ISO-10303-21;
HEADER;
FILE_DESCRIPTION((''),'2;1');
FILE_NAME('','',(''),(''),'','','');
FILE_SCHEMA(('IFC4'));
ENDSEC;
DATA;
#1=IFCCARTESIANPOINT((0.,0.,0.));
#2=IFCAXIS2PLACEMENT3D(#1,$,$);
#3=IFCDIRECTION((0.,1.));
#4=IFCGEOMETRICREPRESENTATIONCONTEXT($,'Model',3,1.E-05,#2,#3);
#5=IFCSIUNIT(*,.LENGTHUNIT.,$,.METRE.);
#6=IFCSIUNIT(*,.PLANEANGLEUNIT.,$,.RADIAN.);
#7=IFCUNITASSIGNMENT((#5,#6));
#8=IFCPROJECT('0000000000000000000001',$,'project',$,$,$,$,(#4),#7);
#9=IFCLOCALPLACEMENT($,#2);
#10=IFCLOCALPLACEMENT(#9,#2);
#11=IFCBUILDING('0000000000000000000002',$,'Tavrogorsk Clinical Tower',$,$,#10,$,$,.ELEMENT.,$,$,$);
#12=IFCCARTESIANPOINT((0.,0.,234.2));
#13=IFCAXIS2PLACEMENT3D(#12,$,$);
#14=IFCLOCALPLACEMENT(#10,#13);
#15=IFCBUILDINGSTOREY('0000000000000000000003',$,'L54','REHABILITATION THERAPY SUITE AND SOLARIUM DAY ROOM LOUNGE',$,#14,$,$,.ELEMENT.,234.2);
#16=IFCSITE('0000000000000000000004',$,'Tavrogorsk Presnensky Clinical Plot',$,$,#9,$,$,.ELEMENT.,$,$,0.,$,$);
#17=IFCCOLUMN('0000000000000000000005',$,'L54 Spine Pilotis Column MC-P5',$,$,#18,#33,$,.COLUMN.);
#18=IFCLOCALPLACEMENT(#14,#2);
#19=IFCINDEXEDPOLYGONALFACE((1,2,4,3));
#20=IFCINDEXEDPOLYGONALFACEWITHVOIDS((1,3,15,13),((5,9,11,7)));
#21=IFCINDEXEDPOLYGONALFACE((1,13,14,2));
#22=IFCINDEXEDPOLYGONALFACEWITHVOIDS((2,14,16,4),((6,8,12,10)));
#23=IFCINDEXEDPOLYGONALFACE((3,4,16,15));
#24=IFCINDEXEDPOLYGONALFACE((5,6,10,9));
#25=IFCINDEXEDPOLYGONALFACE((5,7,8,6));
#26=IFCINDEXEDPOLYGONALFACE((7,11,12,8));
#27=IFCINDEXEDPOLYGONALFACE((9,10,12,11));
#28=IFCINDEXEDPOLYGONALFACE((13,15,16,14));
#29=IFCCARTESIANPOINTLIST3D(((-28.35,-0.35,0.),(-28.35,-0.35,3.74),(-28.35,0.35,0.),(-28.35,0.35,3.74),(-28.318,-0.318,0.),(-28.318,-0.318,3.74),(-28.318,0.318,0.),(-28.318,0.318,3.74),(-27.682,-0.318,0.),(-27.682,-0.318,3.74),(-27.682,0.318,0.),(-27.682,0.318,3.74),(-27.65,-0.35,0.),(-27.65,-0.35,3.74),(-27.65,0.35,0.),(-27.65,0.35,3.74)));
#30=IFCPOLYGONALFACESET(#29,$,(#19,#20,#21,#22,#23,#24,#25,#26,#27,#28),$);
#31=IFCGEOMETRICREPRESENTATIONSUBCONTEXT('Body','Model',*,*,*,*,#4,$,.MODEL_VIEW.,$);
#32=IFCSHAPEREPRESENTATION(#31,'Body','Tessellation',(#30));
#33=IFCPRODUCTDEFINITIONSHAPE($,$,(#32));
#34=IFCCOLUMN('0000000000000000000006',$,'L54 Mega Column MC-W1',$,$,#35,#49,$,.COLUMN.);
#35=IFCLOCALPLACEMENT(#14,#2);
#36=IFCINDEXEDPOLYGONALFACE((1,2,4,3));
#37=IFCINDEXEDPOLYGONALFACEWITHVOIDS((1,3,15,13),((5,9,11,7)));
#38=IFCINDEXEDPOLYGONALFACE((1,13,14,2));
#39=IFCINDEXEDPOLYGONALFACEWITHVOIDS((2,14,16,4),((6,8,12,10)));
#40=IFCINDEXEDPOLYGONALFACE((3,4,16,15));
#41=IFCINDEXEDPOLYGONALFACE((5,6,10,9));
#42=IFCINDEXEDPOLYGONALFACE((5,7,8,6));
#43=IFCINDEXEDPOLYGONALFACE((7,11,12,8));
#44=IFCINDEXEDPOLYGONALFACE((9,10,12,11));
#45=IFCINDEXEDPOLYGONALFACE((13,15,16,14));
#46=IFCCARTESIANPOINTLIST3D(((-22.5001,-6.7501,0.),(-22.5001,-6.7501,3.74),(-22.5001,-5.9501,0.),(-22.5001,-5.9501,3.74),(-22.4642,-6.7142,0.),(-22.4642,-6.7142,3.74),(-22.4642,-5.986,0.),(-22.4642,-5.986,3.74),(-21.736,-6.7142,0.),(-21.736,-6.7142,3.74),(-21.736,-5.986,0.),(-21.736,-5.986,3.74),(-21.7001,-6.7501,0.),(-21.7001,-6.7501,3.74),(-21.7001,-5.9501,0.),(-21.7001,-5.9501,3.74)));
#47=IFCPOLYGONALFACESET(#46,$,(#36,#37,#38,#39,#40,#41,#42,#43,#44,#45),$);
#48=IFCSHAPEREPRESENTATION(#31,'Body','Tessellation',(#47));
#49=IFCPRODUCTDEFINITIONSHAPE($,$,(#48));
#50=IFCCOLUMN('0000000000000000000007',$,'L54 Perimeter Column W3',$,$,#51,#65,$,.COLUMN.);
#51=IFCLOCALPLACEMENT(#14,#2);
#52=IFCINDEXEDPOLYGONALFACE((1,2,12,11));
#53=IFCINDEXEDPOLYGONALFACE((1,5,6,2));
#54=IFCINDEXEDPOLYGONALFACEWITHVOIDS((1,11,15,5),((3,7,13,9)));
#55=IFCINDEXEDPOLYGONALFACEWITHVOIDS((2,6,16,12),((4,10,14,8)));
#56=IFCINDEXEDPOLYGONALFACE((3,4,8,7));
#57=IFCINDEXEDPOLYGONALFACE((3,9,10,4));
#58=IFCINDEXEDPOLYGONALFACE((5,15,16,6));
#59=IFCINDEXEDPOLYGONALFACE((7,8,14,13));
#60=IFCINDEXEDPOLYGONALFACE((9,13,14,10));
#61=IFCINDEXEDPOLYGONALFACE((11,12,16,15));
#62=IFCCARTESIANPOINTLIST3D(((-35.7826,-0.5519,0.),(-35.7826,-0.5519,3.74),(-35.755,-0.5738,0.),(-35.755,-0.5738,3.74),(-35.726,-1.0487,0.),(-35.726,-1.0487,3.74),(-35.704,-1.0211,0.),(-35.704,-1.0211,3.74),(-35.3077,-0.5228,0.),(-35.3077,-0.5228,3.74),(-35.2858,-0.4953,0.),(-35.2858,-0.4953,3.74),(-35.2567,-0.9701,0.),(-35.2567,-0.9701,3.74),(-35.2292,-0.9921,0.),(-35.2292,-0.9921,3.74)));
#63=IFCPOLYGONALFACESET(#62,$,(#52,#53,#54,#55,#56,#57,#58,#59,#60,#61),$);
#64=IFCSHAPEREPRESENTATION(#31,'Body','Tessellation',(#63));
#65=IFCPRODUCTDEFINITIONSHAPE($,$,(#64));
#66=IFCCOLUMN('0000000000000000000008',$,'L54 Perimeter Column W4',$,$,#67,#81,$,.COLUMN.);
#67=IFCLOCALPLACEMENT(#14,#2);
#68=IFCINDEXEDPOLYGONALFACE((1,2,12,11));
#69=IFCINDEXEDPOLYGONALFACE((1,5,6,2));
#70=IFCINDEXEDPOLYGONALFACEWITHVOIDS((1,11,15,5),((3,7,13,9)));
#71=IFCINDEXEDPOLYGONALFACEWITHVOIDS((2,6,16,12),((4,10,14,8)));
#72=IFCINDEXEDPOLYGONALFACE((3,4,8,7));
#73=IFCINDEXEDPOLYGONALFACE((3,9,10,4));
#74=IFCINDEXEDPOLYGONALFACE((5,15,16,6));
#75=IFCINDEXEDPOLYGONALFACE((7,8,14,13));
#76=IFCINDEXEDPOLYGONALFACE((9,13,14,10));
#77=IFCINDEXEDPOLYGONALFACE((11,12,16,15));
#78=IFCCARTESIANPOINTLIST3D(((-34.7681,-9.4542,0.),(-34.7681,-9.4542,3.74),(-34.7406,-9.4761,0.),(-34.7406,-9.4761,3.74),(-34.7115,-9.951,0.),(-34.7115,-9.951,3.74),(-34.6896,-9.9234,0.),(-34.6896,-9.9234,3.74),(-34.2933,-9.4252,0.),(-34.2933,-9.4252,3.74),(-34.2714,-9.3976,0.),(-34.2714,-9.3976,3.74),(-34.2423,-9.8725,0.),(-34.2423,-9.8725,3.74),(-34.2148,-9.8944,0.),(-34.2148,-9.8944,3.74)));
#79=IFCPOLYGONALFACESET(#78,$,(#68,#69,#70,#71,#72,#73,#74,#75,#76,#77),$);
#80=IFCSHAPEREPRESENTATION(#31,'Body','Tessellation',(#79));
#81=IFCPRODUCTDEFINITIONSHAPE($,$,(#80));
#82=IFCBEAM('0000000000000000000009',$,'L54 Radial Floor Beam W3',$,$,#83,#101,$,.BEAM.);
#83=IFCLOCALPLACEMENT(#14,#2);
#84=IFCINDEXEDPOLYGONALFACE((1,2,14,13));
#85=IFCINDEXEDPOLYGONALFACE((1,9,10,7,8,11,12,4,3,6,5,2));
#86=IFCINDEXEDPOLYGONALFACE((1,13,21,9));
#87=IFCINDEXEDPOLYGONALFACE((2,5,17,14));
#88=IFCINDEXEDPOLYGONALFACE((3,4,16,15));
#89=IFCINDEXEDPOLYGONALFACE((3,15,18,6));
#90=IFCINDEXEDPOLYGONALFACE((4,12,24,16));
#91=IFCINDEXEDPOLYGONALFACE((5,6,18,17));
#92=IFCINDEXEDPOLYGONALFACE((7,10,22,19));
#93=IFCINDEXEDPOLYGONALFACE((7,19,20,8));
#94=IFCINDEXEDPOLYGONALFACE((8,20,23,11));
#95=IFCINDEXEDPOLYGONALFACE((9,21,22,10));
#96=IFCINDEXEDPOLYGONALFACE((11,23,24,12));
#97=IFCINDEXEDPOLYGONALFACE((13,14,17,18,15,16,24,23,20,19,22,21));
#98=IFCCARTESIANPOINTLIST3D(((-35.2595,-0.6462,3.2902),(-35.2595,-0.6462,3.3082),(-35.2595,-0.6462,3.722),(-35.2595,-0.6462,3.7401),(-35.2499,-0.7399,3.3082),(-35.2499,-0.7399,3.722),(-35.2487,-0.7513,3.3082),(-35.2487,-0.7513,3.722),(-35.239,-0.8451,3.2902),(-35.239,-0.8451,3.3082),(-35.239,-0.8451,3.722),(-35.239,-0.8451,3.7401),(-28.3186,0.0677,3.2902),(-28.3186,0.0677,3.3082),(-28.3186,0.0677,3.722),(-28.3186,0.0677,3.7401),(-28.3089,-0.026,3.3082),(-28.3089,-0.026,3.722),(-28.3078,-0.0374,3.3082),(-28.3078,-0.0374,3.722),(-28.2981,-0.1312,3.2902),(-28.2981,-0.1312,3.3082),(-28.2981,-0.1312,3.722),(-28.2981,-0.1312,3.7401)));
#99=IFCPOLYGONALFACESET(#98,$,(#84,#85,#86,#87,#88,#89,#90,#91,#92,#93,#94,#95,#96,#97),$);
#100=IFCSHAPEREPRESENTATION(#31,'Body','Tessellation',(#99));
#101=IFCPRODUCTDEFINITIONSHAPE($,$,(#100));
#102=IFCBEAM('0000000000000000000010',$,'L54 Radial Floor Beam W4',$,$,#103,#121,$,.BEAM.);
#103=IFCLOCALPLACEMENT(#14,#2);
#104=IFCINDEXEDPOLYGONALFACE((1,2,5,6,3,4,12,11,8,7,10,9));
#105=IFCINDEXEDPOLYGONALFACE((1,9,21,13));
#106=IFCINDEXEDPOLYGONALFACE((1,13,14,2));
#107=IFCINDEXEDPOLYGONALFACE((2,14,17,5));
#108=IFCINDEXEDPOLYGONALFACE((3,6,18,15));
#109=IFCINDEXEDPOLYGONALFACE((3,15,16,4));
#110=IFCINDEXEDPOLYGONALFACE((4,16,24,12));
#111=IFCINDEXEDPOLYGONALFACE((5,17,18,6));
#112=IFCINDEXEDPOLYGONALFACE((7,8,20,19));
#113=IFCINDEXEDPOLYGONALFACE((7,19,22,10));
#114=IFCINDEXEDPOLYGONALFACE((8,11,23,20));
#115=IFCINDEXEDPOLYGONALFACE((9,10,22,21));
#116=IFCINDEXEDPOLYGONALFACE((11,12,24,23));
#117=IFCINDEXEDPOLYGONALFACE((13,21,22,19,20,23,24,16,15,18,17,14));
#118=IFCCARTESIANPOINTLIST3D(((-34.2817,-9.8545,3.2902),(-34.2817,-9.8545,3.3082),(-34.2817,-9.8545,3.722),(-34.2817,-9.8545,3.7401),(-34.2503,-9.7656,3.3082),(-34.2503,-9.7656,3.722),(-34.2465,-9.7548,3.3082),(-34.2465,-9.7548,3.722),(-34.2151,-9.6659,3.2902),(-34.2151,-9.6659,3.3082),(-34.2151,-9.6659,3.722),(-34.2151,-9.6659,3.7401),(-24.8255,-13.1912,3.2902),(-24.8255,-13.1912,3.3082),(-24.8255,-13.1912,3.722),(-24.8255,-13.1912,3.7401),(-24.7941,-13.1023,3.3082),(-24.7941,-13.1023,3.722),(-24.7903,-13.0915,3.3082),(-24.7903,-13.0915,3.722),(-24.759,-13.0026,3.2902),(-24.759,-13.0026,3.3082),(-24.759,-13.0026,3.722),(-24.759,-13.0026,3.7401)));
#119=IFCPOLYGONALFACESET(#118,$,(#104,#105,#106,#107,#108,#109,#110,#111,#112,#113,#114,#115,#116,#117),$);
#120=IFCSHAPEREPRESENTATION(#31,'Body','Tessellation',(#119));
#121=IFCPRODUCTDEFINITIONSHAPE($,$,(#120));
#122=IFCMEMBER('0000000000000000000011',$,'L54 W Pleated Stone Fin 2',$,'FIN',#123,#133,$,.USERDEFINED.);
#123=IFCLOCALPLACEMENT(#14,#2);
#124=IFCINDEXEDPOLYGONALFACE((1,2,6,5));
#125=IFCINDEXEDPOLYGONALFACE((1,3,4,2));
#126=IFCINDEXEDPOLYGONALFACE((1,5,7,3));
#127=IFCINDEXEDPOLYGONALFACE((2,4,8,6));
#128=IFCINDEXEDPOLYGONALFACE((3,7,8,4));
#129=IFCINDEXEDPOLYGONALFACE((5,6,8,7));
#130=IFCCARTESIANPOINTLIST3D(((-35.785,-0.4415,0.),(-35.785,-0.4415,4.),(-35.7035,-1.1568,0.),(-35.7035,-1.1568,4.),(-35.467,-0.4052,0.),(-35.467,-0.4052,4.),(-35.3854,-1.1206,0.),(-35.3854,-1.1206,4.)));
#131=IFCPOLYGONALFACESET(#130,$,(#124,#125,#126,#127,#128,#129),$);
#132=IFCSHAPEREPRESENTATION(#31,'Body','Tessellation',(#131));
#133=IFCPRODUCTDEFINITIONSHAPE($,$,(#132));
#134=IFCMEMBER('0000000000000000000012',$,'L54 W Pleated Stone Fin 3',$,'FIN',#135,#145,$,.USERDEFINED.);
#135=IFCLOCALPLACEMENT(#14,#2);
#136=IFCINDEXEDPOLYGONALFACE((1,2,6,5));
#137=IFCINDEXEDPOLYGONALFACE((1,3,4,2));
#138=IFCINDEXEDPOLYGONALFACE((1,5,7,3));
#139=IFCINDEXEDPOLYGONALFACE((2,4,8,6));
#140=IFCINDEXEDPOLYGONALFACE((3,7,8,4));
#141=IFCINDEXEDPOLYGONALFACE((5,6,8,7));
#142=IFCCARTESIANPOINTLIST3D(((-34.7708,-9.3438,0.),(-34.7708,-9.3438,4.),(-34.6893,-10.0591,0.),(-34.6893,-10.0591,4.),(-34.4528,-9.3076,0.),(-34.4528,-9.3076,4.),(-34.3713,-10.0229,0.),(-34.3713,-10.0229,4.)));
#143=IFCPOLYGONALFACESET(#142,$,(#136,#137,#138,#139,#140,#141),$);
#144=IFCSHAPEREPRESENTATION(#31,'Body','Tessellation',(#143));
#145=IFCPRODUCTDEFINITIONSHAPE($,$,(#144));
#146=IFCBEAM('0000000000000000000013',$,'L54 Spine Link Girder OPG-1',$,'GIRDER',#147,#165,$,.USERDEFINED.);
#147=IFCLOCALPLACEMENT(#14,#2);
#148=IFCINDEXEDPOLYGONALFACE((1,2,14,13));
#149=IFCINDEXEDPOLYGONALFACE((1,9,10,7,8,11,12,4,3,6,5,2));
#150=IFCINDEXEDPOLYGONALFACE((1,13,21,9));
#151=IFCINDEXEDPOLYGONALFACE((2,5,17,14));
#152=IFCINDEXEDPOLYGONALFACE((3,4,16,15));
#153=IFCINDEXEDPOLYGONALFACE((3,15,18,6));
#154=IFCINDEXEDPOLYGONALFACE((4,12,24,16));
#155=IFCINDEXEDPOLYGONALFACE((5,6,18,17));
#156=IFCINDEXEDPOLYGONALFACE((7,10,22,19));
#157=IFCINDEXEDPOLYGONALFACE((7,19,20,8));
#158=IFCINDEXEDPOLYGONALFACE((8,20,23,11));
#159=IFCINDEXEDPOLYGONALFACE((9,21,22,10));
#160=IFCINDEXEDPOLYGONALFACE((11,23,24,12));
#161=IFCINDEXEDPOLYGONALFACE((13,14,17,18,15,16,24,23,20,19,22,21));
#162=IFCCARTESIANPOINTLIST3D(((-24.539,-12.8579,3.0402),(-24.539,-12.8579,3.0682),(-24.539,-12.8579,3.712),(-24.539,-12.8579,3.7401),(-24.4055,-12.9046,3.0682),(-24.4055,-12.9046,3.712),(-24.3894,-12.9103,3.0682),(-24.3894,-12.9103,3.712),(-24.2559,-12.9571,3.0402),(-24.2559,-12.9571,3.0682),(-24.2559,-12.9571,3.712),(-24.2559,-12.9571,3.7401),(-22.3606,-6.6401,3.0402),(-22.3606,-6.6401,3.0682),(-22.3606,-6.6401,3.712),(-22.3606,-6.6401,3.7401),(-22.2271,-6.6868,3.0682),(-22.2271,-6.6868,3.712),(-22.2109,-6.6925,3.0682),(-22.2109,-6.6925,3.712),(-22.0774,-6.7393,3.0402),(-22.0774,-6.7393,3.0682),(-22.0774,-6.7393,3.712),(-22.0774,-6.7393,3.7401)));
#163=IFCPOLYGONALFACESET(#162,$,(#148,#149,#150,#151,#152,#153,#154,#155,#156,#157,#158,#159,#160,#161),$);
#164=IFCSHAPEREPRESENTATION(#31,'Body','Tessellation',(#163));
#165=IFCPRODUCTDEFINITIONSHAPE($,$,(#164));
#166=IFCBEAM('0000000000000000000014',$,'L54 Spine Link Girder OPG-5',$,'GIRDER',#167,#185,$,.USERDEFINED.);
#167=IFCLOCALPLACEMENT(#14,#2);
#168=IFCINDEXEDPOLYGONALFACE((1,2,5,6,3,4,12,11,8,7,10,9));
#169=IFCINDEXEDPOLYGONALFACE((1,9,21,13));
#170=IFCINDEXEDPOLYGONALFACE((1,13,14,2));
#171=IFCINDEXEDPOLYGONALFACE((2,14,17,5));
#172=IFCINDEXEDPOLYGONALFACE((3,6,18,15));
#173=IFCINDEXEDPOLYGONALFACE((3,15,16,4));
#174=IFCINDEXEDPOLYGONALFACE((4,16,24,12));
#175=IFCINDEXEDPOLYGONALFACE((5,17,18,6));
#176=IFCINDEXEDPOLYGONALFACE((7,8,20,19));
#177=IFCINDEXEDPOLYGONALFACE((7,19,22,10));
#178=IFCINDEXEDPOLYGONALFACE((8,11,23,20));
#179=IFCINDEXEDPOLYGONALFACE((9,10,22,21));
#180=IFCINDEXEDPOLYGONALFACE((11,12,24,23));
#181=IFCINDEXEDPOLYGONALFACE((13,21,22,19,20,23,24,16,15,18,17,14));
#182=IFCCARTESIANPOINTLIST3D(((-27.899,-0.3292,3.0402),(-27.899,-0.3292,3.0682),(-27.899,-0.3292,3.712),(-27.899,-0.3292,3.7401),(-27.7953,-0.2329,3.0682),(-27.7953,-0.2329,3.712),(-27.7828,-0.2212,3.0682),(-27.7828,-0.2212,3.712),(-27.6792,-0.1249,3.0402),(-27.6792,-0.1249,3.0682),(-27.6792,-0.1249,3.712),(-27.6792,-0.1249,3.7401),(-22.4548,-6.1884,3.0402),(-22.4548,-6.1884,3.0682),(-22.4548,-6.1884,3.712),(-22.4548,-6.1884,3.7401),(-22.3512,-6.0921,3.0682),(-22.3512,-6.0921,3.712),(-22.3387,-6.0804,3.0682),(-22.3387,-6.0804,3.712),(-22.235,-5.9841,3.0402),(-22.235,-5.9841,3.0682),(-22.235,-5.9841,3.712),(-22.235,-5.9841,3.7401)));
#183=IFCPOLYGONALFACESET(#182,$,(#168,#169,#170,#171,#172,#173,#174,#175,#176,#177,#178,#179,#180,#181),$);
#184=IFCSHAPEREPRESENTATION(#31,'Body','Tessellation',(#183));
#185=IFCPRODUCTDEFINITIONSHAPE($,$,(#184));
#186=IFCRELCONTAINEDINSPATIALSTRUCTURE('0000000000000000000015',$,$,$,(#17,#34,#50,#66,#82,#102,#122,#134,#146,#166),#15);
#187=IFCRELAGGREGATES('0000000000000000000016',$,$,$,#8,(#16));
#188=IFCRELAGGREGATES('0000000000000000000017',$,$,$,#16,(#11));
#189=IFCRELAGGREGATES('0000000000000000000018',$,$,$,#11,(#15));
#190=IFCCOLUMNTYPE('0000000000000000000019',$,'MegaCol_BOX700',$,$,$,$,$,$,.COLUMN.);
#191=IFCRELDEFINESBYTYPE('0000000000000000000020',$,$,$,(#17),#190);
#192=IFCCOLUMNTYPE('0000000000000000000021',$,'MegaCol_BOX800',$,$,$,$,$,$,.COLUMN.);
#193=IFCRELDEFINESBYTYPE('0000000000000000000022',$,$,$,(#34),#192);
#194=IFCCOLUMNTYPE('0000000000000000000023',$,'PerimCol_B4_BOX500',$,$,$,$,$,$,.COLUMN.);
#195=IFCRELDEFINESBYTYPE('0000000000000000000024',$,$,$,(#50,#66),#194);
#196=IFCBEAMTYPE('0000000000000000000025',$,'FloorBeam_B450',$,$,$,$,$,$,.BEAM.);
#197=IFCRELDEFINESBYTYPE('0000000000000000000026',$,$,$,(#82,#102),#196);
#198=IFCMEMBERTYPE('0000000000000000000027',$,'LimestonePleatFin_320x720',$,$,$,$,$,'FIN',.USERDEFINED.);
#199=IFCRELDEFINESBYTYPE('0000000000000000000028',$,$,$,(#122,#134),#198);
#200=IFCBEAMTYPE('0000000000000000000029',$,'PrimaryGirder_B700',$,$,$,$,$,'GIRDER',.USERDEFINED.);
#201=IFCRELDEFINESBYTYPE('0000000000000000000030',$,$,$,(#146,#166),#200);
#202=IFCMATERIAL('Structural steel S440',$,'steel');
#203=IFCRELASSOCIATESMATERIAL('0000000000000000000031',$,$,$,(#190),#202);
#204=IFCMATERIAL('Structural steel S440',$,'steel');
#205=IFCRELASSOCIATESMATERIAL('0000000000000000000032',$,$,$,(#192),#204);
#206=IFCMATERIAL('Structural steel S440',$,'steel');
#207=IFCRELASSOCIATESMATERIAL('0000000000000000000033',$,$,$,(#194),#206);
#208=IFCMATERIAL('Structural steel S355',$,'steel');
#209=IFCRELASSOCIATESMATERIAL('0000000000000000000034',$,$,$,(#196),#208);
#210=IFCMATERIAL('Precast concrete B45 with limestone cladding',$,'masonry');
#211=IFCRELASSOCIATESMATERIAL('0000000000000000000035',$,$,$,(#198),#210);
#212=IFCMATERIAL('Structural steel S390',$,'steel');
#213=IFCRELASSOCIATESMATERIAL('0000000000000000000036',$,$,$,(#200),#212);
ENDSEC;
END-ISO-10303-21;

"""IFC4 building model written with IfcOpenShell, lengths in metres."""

from ifc_helpers import new_model, si_unit, direction, frame, origin, origin_2d, place, context, subcontext, project, spatial, rectangle, hollow_rectangle, i_section, extrude, material, material_profile, profile_set, type_object, element, save


model = new_model("IFC4")

# Units and contexts
model_context = context("Model", 3, precision=1e-05, world=origin(), true_north=direction((0.0, 1.0)))
body_context = subcontext(model_context, "Body", "Model", "MODEL_VIEW")
ifc_project = project(units=[si_unit("LENGTHUNIT", "METRE"), si_unit("PLANEANGLEUNIT", "RADIAN")], contexts=[model_context])

# Site, building, storey
site_placement = place(None, origin())
site = spatial("IfcSite", under=ifc_project, at=site_placement, Name="Tavrogorsk Presnensky Clinical Plot", CompositionType="ELEMENT", RefElevation=0.0)
building_placement = place(site_placement, origin())
building = spatial("IfcBuilding", under=site, at=building_placement, Name="Tavrogorsk Clinical Tower", CompositionType="ELEMENT")
storey_placement = place(building_placement, frame((0.0, 0.0, 234.2)))
storey = spatial("IfcBuildingStorey", under=building, at=storey_placement, Name="L54", Description="REHABILITATION THERAPY SUITE AND SOLARIUM DAY ROOM LOUNGE", CompositionType="ELEMENT", Elevation=234.2)

# Columns
ifc_material_1 = material(Name="Structural steel S440", Category="steel")
ifc_material_profile_1 = material_profile(ifc_material_1, hollow_rectangle(XDim=0.7, YDim=0.7, WallThickness=0.032, at=origin_2d()), Name="BOX-700x700x32")
ifc_profile_set_1 = profile_set([ifc_material_profile_1], Name="Structural steel S440")
column_type_1 = type_object("IfcColumnType", Name="MegaCol_BOX700", PredefinedType="COLUMN", material=ifc_profile_set_1)
column_1_placement = place(storey_placement, frame((-28.0, 0.0, 0.0), z_axis=(0.0, 0.0, 1.0), x_axis=(1.0, 0.0, 0.0)))
element("IfcColumn", 1, at=column_1_placement, inside=storey, type_object=column_type_1, Name="L54 Spine Pilotis Column MC-P5", PredefinedType="COLUMN", context=body_context, shape_type="SweptSolid", body=[
    extrude(hollow_rectangle(XDim=0.7, YDim=0.7, WallThickness=0.032, at=origin_2d()), origin(), (0.0, 0.0, 1.0), 3.74),
])
ifc_material_2 = material(Name="Structural steel S440", Category="steel")
ifc_material_profile_2 = material_profile(ifc_material_2, hollow_rectangle(XDim=0.8, YDim=0.8, WallThickness=0.0359, at=origin_2d()), Name="BOX-800x800x36")
ifc_profile_set_2 = profile_set([ifc_material_profile_2], Name="Structural steel S440")
column_type_2 = type_object("IfcColumnType", Name="MegaCol_BOX800", PredefinedType="COLUMN", material=ifc_profile_set_2)
column_2_placement = place(storey_placement, frame((-22.1001, -6.3501, 0.0), z_axis=(0.0, 0.0, 1.0), x_axis=(1.0, 0.0, 0.0)))
element("IfcColumn", 2, at=column_2_placement, inside=storey, type_object=column_type_2, Name="L54 Mega Column MC-W1", PredefinedType="COLUMN", context=body_context, shape_type="SweptSolid", body=[
    extrude(hollow_rectangle(XDim=0.8, YDim=0.8, WallThickness=0.0359, at=origin_2d()), origin(), (0.0, 0.0, 1.0), 3.74),
])
ifc_material_3 = material(Name="Structural steel S440", Category="steel")
ifc_material_profile_3 = material_profile(ifc_material_3, hollow_rectangle(XDim=0.5, YDim=0.5, WallThickness=0.0249, at=origin_2d()), Name="BOX-500x500x25")
ifc_profile_set_3 = profile_set([ifc_material_profile_3], Name="Structural steel S440")
column_type_3 = type_object("IfcColumnType", Name="PerimCol_B4_BOX500", PredefinedType="COLUMN", material=ifc_profile_set_3)
for number, where, z_axis, x_axis, name in (
    (3, (-35.5059, -0.772, 0.0), (0.0, 0.0, 1.0), (0.993572, 0.113203, 0.0), "L54 Perimeter Column W3"),
    (4, (-34.4915, -9.6743, 0.0), (0.0, 0.0, 1.0), (0.993572, 0.113203, 0.0), "L54 Perimeter Column W4"),
):
    element("IfcColumn", number, at=place(storey_placement, frame(where, z_axis=z_axis, x_axis=x_axis)), inside=storey, type_object=column_type_3, Name=name, PredefinedType="COLUMN", context=body_context, shape_type="SweptSolid", body=[
        extrude(hollow_rectangle(XDim=0.5, YDim=0.5, WallThickness=0.0249, at=origin_2d()), origin(), (0.0, 0.0, 1.0), 3.74),
    ])

# Beams
ifc_material_4 = material(Name="Structural steel S355", Category="steel")
ifc_material_profile_4 = material_profile(ifc_material_4, i_section(OverallWidth=0.2, OverallDepth=0.45, WebThickness=0.0115, FlangeThickness=0.0181, at=origin_2d()), Name="B-450x200x11.5x18")
ifc_profile_set_4 = profile_set([ifc_material_profile_4], Name="Structural steel S355")
beam_type_1 = type_object("IfcBeamType", Name="FloorBeam_B450", PredefinedType="BEAM", material=ifc_profile_set_4)
beam_1_placement = place(storey_placement, frame((-28.3083, -0.0317, 3.5151), z_axis=(-0.994753, -0.102309, 0.0), x_axis=(0.102309, -0.994753, 0.0)))
element("IfcBeam", 5, at=beam_1_placement, inside=storey, type_object=beam_type_1, Name="L54 Radial Floor Beam W3", PredefinedType="BEAM", context=body_context, shape_type="SweptSolid", body=[
    extrude(i_section(OverallWidth=0.2, OverallDepth=0.45, WebThickness=0.0115, FlangeThickness=0.0181, at=origin_2d()), origin(), (0.0, 0.0, 1.0), 6.9775),
])
beam_2_placement = place(storey_placement, frame((-24.7922, -13.0969, 3.5151), z_axis=(-0.943014, 0.332753, 0.0), x_axis=(-0.332753, -0.943014, 0.0)))
element("IfcBeam", 6, at=beam_2_placement, inside=storey, type_object=beam_type_1, Name="L54 Radial Floor Beam W4", PredefinedType="BEAM", context=body_context, shape_type="SweptSolid", body=[
    extrude(i_section(OverallWidth=0.2, OverallDepth=0.45, WebThickness=0.0115, FlangeThickness=0.0181, at=origin_2d()), origin(), (0.0, 0.0, 1.0), 10.0276),
])

# Members
ifc_material_5 = material(Name="Precast concrete B45 with limestone cladding", Category="masonry")
ifc_material_profile_5 = material_profile(ifc_material_5, rectangle(XDim=0.3201, YDim=0.72, at=origin_2d()), Name="LIMESTONE-FIN-320x720")
ifc_profile_set_5 = profile_set([ifc_material_profile_5], Name="Precast concrete B45 with limestone cladding")
member_type = type_object("IfcMemberType", Name="LimestonePleatFin_320x720", ElementType="FIN", PredefinedType="USERDEFINED", material=ifc_profile_set_5)
for number, where, z_axis, x_axis, name in (
    (7, (-35.5852, -0.781, 0.0), (0.0, 0.0, 1.0), (0.993572, 0.113203, 0.0), "L54 W Pleated Stone Fin 2"),
    (8, (-34.571, -9.6833, 0.0), (0.0, 0.0, 1.0), (0.993572, 0.113203, 0.0), "L54 W Pleated Stone Fin 3"),
):
    element("IfcMember", number, at=place(storey_placement, frame(where, z_axis=z_axis, x_axis=x_axis)), inside=storey, type_object=member_type, Name=name, ObjectType="FIN", PredefinedType="USERDEFINED", context=body_context, shape_type="SweptSolid", body=[
        extrude(rectangle(XDim=0.3201, YDim=0.72, at=origin_2d()), origin(), (0.0, 0.0, 1.0), 4.0),
    ])

# Beams
ifc_material_6 = material(Name="Structural steel S390", Category="steel")
ifc_material_profile_6 = material_profile(ifc_material_6, i_section(OverallWidth=0.3, OverallDepth=0.7, WebThickness=0.0171, FlangeThickness=0.0281, at=origin_2d()), Name="B-700x300x17x28")
ifc_profile_set_6 = profile_set([ifc_material_profile_6], Name="Structural steel S390")
beam_type_2 = type_object("IfcBeamType", Name="PrimaryGirder_B700", ElementType="GIRDER", PredefinedType="USERDEFINED", material=ifc_profile_set_6)
beam_3_placement = place(storey_placement, frame((-24.3975, -12.9075, 3.3901), z_axis=(0.330654, 0.943752, 0.0), x_axis=(-0.943752, 0.330654, 0.0)))
element("IfcBeam", 9, at=beam_3_placement, inside=storey, type_object=beam_type_2, Name="L54 Spine Link Girder OPG-1", ObjectType="GIRDER", PredefinedType="USERDEFINED", context=body_context, shape_type="SweptSolid", body=[
    extrude(i_section(OverallWidth=0.3, OverallDepth=0.7, WebThickness=0.0171, FlangeThickness=0.0281, at=origin_2d()), origin(), (0.0, 0.0, 1.0), 6.5884),
])
beam_4_placement = place(storey_placement, frame((-27.7891, -0.2271, 3.3901), z_axis=(0.680684, -0.732577, 0.0), x_axis=(0.732577, 0.680684, 0.0)))
element("IfcBeam", 10, at=beam_4_placement, inside=storey, type_object=beam_type_2, Name="L54 Spine Link Girder OPG-5", ObjectType="GIRDER", PredefinedType="USERDEFINED", context=body_context, shape_type="SweptSolid", body=[
    extrude(i_section(OverallWidth=0.3, OverallDepth=0.7, WebThickness=0.0171, FlangeThickness=0.0281, at=origin_2d()), origin(), (0.0, 0.0, 1.0), 7.998),
])

save(model, "model.ifc")
